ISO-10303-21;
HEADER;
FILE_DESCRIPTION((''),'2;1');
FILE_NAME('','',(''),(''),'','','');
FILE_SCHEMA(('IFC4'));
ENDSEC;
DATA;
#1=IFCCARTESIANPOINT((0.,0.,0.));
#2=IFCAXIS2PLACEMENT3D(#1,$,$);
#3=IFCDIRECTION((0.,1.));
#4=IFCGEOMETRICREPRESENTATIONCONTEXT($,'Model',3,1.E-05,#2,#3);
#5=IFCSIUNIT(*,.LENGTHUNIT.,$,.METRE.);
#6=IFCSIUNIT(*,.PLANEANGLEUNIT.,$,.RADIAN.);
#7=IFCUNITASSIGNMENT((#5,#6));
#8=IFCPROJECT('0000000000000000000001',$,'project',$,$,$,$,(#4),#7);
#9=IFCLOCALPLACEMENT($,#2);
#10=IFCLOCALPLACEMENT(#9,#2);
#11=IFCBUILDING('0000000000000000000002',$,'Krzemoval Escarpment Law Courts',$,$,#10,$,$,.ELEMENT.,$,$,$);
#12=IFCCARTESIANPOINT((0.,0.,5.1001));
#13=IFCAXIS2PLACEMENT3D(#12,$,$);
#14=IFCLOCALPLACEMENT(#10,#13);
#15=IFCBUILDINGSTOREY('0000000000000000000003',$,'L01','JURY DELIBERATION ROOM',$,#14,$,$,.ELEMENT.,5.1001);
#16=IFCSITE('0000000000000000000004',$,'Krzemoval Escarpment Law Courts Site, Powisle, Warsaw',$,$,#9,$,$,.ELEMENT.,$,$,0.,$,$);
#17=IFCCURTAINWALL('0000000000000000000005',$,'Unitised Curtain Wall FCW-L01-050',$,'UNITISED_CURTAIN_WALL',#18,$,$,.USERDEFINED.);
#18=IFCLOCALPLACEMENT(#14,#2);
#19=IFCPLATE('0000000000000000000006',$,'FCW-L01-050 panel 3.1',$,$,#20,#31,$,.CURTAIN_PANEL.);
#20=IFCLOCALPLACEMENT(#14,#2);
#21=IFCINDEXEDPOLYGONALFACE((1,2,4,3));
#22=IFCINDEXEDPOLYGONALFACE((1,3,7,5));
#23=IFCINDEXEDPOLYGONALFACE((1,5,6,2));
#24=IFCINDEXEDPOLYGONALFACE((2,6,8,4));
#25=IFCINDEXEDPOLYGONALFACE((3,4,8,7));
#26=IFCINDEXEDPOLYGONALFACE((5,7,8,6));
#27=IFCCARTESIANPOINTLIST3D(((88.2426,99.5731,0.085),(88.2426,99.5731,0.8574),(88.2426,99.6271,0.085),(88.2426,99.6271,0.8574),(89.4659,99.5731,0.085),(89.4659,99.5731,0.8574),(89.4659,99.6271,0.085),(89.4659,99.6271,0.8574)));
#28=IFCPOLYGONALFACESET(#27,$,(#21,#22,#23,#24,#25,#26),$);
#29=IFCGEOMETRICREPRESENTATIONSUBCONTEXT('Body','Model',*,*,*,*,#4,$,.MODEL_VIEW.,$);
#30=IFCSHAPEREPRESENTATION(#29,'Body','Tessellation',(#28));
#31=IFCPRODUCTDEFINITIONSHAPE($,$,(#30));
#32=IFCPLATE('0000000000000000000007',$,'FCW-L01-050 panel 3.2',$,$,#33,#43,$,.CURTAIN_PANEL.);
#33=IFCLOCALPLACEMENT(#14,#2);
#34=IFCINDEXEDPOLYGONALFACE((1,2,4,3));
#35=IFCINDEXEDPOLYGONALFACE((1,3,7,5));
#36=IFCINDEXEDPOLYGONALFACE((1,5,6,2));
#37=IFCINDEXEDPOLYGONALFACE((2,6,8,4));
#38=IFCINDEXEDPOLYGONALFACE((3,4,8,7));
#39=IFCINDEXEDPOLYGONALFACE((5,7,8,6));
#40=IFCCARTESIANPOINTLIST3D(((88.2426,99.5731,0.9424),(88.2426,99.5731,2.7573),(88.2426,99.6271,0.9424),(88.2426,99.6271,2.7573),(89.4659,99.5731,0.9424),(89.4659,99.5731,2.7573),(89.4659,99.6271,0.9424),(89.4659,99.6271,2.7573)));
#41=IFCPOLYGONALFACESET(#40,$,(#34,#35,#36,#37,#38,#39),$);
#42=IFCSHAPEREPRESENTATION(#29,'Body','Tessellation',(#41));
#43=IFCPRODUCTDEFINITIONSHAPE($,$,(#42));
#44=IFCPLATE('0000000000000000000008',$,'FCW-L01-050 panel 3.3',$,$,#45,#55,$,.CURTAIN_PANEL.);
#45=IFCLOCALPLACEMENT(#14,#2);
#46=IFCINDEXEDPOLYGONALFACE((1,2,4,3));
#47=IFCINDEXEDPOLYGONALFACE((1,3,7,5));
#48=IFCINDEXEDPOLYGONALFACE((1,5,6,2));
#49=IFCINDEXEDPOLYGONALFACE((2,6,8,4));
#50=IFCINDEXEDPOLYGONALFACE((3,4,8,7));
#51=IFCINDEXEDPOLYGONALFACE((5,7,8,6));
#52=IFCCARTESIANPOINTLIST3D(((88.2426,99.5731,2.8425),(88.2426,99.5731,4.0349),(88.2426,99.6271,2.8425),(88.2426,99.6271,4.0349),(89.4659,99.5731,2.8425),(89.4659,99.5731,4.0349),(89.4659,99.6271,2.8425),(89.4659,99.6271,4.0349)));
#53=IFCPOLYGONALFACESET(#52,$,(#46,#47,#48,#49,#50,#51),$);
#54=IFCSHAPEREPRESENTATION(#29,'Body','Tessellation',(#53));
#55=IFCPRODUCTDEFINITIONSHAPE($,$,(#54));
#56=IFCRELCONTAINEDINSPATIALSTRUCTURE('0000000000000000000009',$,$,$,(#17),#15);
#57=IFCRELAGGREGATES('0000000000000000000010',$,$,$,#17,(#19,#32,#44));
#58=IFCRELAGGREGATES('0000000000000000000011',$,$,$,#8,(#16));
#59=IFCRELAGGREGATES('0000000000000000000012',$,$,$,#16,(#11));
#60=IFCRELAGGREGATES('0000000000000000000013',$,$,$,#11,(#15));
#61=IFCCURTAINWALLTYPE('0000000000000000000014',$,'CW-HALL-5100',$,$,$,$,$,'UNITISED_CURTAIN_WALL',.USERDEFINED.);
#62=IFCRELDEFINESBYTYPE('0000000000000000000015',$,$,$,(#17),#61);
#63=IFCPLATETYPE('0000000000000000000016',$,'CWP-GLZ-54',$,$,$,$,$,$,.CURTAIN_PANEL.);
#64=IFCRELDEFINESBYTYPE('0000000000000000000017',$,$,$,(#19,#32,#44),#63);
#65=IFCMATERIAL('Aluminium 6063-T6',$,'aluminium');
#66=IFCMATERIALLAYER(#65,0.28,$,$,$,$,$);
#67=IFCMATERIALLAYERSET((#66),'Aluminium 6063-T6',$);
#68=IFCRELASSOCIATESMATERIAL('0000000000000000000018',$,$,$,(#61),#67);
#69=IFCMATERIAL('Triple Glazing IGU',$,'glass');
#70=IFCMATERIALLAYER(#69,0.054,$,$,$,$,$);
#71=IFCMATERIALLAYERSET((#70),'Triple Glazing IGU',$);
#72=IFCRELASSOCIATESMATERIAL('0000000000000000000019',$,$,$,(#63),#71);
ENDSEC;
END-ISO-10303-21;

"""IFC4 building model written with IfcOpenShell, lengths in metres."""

from ifc_helpers import new_model, si_unit, direction, frame, origin, origin_2d, place, context, subcontext, project, spatial, rectangle, extrude, material, layer, layer_set, type_object, element, aggregate, save


model = new_model("IFC4")

# Units and contexts
model_context = context("Model", 3, precision=1e-05, world=origin(), true_north=direction((0.0, 1.0)))
body_context = subcontext(model_context, "Body", "Model", "MODEL_VIEW")
ifc_project = project(units=[si_unit("LENGTHUNIT", "METRE"), si_unit("PLANEANGLEUNIT", "RADIAN")], contexts=[model_context])

# Site, building, storey
site_placement = place(None, origin())
site = spatial("IfcSite", under=ifc_project, at=site_placement, Name="Krzemoval Escarpment Law Courts Site, Powisle, Warsaw", CompositionType="ELEMENT", RefElevation=0.0)
building_placement = place(site_placement, origin())
building = spatial("IfcBuilding", under=site, at=building_placement, Name="Krzemoval Escarpment Law Courts", CompositionType="ELEMENT")
storey_placement = place(building_placement, frame((0.0, 0.0, 5.1001)))
storey = spatial("IfcBuildingStorey", under=building, at=storey_placement, Name="L01", Description="JURY DELIBERATION ROOM", CompositionType="ELEMENT", Elevation=5.1001)

# Curtain wall
ifc_material_1 = material(Name="Aluminium 6063-T6", Category="aluminium")
ifc_layer_1 = layer(ifc_material_1, 0.28)
ifc_layer_set_1 = layer_set([ifc_layer_1], Name="Aluminium 6063-T6")
curtain_wall_type = type_object("IfcCurtainWallType", Name="CW-HALL-5100", ElementType="UNITISED_CURTAIN_WALL", PredefinedType="USERDEFINED", material=ifc_layer_set_1)
curtain_wall_placement = place(storey_placement, origin())
curtain_wall = element("IfcCurtainWall", 1, at=curtain_wall_placement, inside=storey, type_object=curtain_wall_type, Name="Unitised Curtain Wall FCW-L01-050", ObjectType="UNITISED_CURTAIN_WALL", PredefinedType="USERDEFINED")

# Plates
ifc_material_2 = material(Name="Triple Glazing IGU", Category="glass")
ifc_layer_2 = layer(ifc_material_2, 0.054)
ifc_layer_set_2 = layer_set([ifc_layer_2], Name="Triple Glazing IGU")
plate_type = type_object("IfcPlateType", Name="CWP-GLZ-54", PredefinedType="CURTAIN_PANEL", material=ifc_layer_set_2)
plate_1_placement = place(storey_placement, frame((88.8542, 99.6001, 0.085), z_axis=(0.0, 0.0, 1.0), x_axis=(-1.0, 0.0, 0.0)))
plate_1 = element("IfcPlate", 2, at=plate_1_placement, type_object=plate_type, Name="FCW-L01-050 panel 3.1", PredefinedType="CURTAIN_PANEL", context=body_context, shape_type="SweptSolid", body=[
    extrude(rectangle(XDim=1.2234, YDim=0.054, at=origin_2d()), origin(), (0.0, 0.0, 1.0), 0.7725),
])
plate_2_placement = place(storey_placement, frame((88.8542, 99.6001, 0.9424), z_axis=(0.0, 0.0, 1.0), x_axis=(-1.0, 0.0, 0.0)))
plate_2 = element("IfcPlate", 3, at=plate_2_placement, type_object=plate_type, Name="FCW-L01-050 panel 3.2", PredefinedType="CURTAIN_PANEL", context=body_context, shape_type="SweptSolid", body=[
    extrude(rectangle(XDim=1.2234, YDim=0.054, at=origin_2d()), origin(), (0.0, 0.0, 1.0), 1.8149),
])
plate_3_placement = place(storey_placement, frame((88.8542, 99.6001, 2.8425), z_axis=(0.0, 0.0, 1.0), x_axis=(-1.0, 0.0, 0.0)))
plate_3 = element("IfcPlate", 4, at=plate_3_placement, type_object=plate_type, Name="FCW-L01-050 panel 3.3", PredefinedType="CURTAIN_PANEL", context=body_context, shape_type="SweptSolid", body=[
    extrude(rectangle(XDim=1.2234, YDim=0.054, at=origin_2d()), origin(), (0.0, 0.0, 1.0), 1.1924),
])
aggregate(curtain_wall, [plate_1, plate_2, plate_3])

save(model, "model.ifc")
